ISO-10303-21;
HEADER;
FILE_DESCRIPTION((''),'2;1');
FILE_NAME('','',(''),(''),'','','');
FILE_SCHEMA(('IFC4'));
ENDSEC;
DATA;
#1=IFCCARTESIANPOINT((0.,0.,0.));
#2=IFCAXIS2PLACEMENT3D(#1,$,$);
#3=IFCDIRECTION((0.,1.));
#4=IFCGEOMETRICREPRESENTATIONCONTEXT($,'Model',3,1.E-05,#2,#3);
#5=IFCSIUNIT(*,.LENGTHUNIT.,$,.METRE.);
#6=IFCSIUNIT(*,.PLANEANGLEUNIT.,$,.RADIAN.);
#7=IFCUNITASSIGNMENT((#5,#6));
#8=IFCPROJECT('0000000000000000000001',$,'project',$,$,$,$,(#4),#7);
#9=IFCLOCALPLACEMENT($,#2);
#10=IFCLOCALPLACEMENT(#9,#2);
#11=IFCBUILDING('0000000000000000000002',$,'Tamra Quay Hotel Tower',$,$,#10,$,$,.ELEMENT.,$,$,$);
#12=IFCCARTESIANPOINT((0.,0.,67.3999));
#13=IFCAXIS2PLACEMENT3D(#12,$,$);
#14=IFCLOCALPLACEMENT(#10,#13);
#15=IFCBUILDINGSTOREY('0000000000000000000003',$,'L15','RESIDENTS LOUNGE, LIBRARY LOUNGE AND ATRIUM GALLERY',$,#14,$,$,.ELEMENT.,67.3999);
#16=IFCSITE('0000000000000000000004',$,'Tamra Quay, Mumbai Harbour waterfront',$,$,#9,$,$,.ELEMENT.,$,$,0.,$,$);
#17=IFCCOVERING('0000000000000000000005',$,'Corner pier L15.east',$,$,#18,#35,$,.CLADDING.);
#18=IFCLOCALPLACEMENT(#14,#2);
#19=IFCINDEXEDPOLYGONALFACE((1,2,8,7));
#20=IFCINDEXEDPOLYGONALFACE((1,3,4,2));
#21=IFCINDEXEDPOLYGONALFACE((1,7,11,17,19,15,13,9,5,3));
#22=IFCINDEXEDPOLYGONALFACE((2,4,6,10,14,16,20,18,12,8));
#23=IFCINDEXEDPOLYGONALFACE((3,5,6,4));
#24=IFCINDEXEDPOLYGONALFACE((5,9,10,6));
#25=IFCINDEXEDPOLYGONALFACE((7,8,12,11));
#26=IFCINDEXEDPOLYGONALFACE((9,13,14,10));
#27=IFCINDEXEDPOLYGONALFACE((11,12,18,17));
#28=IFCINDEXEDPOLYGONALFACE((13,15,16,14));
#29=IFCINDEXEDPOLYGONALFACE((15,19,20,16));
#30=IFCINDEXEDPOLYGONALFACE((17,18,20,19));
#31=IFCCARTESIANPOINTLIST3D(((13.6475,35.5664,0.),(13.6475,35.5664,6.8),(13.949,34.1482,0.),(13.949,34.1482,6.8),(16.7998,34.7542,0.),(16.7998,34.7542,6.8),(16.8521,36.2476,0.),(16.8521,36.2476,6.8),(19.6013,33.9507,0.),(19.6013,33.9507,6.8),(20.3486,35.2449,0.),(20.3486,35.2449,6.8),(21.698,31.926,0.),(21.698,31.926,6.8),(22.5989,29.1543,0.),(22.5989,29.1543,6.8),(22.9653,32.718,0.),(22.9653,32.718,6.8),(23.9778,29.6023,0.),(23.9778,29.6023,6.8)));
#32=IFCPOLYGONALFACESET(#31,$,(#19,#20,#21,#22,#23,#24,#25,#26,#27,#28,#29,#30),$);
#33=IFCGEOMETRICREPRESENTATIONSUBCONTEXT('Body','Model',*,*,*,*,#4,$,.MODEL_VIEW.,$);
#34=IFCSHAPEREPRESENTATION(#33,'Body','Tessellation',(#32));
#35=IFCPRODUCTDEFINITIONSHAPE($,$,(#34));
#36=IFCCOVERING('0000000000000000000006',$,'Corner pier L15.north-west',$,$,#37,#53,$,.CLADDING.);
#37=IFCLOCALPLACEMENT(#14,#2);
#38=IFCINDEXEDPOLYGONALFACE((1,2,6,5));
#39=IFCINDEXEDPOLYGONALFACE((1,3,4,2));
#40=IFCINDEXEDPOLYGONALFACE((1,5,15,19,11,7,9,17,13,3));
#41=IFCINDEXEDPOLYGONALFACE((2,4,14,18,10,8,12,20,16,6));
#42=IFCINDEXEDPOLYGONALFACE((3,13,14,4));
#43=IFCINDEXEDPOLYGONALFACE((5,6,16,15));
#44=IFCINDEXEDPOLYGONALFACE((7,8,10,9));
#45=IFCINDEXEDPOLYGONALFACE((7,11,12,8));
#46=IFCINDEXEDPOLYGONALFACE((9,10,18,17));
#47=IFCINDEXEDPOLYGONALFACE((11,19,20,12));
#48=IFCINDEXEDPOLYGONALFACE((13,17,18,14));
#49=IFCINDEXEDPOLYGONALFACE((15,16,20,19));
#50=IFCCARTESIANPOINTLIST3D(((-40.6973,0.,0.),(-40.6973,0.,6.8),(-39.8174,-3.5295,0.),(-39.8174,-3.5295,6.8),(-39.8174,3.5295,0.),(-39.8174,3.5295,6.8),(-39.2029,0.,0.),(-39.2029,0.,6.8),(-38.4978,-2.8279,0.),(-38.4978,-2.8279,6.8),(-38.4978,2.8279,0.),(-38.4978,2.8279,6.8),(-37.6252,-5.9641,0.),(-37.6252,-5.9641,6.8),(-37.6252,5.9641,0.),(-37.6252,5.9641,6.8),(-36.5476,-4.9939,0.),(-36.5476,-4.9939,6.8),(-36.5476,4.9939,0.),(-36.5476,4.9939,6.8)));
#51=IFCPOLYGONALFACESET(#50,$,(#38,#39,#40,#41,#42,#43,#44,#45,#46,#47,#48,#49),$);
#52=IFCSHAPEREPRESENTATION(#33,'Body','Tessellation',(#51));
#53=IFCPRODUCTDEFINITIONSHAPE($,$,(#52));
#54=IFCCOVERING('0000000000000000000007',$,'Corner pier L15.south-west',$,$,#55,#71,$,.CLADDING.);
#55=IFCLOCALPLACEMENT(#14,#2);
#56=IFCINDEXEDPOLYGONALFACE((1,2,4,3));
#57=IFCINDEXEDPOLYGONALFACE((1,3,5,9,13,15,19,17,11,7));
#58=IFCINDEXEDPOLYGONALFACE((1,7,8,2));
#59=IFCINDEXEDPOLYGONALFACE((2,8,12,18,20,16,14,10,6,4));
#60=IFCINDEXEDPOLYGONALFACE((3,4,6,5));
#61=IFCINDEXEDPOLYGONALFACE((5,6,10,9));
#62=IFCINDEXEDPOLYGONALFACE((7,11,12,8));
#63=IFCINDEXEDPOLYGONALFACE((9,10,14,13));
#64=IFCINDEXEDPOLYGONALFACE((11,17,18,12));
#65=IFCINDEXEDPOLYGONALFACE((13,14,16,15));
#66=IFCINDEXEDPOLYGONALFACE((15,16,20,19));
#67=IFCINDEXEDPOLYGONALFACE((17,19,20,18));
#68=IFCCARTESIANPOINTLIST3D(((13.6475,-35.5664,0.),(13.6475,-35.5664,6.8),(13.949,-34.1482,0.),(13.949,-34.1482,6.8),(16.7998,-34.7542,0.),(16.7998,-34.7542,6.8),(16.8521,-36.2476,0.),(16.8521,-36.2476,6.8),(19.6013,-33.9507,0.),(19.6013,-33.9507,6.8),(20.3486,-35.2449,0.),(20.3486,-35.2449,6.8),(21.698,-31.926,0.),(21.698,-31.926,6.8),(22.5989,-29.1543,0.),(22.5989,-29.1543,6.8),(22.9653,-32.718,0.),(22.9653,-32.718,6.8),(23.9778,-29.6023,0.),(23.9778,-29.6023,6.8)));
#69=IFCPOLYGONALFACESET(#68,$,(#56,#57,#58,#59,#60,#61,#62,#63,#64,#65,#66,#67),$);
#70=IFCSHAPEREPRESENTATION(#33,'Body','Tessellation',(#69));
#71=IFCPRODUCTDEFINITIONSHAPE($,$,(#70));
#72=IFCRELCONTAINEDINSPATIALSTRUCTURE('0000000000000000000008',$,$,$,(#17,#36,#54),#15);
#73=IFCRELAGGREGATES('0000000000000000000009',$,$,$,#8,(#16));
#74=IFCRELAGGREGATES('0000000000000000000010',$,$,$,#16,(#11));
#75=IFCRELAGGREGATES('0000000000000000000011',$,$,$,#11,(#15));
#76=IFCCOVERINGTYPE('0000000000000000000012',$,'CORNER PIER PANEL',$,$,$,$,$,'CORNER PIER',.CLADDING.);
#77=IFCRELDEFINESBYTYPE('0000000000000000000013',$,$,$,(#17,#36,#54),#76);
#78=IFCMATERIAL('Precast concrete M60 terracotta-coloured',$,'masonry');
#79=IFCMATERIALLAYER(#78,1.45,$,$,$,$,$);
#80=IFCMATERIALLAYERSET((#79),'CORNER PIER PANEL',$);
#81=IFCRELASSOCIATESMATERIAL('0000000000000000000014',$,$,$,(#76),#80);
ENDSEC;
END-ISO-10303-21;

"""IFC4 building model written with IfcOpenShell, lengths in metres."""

from ifc_helpers import new_model, si_unit, direction, frame, origin, place, context, subcontext, project, spatial, polyline, outline, extrude, material, layer, layer_set, type_object, element, save


model = new_model("IFC4")

# Units and contexts
model_context = context("Model", 3, precision=1e-05, world=origin(), true_north=direction((0.0, 1.0)))
body_context = subcontext(model_context, "Body", "Model", "MODEL_VIEW")
ifc_project = project(units=[si_unit("LENGTHUNIT", "METRE"), si_unit("PLANEANGLEUNIT", "RADIAN")], contexts=[model_context])

# Site, building, storey
site_placement = place(None, origin())
site = spatial("IfcSite", under=ifc_project, at=site_placement, Name="Tamra Quay, Mumbai Harbour waterfront", CompositionType="ELEMENT", RefElevation=0.0)
building_placement = place(site_placement, origin())
building = spatial("IfcBuilding", under=site, at=building_placement, Name="Tamra Quay Hotel Tower", CompositionType="ELEMENT")
storey_placement = place(building_placement, frame((0.0, 0.0, 67.3999)))
storey = spatial("IfcBuildingStorey", under=building, at=storey_placement, Name="L15", Description="RESIDENTS LOUNGE, LIBRARY LOUNGE AND ATRIUM GALLERY", CompositionType="ELEMENT", Elevation=67.3999)

# Coverings
ifc_material_1 = material(Name="Precast concrete M60 terracotta-coloured", Category="masonry")
ifc_layer_1 = layer(ifc_material_1, 1.45)
ifc_layer_set_1 = layer_set([ifc_layer_1], Name="CORNER PIER PANEL")
covering_type = type_object("IfcCoveringType", Name="CORNER PIER PANEL", ElementType="CORNER PIER", PredefinedType="CLADDING", material=ifc_layer_set_1)
covering_1_placement = place(storey_placement, origin())
element("IfcCovering", 1, at=covering_1_placement, inside=storey, type_object=covering_type, Name="Corner pier L15.east", PredefinedType="CLADDING", context=body_context, shape_type="SweptSolid", body=[
    extrude(outline(polyline([(22.5989, 29.1543), (23.9778, 29.6023), (22.9653, 32.718), (20.3486, 35.2449), (16.8521, 36.2476), (13.6475, 35.5664), (13.949, 34.1482), (16.7998, 34.7542), (19.6013, 33.9507), (21.698, 31.926), (22.5989, 29.1543)])), origin(), (0.0, 0.0, 1.0), 6.8),
])
covering_2_placement = place(storey_placement, origin())
element("IfcCovering", 2, at=covering_2_placement, inside=storey, type_object=covering_type, Name="Corner pier L15.north-west", PredefinedType="CLADDING", context=body_context, shape_type="SweptSolid", body=[
    extrude(outline(polyline([(-36.5476, 4.9939), (-37.6252, 5.9641), (-39.8174, 3.5295), (-40.6973, 0.0), (-39.8174, -3.5295), (-37.6252, -5.9641), (-36.5476, -4.9939), (-38.4978, -2.8279), (-39.2029, 0.0), (-38.4978, 2.8279), (-36.5476, 4.9939)])), origin(), (0.0, 0.0, 1.0), 6.8),
])
covering_3_placement = place(storey_placement, origin())
element("IfcCovering", 3, at=covering_3_placement, inside=storey, type_object=covering_type, Name="Corner pier L15.south-west", PredefinedType="CLADDING", context=body_context, shape_type="SweptSolid", body=[
    extrude(outline(polyline([(13.949, -34.1482), (13.6475, -35.5664), (16.8521, -36.2476), (20.3486, -35.2449), (22.9653, -32.718), (23.9778, -29.6023), (22.5989, -29.1543), (21.698, -31.926), (19.6013, -33.9507), (16.7998, -34.7542), (13.949, -34.1482)])), origin(), (0.0, 0.0, 1.0), 6.8),
])

save(model, "model.ifc")
